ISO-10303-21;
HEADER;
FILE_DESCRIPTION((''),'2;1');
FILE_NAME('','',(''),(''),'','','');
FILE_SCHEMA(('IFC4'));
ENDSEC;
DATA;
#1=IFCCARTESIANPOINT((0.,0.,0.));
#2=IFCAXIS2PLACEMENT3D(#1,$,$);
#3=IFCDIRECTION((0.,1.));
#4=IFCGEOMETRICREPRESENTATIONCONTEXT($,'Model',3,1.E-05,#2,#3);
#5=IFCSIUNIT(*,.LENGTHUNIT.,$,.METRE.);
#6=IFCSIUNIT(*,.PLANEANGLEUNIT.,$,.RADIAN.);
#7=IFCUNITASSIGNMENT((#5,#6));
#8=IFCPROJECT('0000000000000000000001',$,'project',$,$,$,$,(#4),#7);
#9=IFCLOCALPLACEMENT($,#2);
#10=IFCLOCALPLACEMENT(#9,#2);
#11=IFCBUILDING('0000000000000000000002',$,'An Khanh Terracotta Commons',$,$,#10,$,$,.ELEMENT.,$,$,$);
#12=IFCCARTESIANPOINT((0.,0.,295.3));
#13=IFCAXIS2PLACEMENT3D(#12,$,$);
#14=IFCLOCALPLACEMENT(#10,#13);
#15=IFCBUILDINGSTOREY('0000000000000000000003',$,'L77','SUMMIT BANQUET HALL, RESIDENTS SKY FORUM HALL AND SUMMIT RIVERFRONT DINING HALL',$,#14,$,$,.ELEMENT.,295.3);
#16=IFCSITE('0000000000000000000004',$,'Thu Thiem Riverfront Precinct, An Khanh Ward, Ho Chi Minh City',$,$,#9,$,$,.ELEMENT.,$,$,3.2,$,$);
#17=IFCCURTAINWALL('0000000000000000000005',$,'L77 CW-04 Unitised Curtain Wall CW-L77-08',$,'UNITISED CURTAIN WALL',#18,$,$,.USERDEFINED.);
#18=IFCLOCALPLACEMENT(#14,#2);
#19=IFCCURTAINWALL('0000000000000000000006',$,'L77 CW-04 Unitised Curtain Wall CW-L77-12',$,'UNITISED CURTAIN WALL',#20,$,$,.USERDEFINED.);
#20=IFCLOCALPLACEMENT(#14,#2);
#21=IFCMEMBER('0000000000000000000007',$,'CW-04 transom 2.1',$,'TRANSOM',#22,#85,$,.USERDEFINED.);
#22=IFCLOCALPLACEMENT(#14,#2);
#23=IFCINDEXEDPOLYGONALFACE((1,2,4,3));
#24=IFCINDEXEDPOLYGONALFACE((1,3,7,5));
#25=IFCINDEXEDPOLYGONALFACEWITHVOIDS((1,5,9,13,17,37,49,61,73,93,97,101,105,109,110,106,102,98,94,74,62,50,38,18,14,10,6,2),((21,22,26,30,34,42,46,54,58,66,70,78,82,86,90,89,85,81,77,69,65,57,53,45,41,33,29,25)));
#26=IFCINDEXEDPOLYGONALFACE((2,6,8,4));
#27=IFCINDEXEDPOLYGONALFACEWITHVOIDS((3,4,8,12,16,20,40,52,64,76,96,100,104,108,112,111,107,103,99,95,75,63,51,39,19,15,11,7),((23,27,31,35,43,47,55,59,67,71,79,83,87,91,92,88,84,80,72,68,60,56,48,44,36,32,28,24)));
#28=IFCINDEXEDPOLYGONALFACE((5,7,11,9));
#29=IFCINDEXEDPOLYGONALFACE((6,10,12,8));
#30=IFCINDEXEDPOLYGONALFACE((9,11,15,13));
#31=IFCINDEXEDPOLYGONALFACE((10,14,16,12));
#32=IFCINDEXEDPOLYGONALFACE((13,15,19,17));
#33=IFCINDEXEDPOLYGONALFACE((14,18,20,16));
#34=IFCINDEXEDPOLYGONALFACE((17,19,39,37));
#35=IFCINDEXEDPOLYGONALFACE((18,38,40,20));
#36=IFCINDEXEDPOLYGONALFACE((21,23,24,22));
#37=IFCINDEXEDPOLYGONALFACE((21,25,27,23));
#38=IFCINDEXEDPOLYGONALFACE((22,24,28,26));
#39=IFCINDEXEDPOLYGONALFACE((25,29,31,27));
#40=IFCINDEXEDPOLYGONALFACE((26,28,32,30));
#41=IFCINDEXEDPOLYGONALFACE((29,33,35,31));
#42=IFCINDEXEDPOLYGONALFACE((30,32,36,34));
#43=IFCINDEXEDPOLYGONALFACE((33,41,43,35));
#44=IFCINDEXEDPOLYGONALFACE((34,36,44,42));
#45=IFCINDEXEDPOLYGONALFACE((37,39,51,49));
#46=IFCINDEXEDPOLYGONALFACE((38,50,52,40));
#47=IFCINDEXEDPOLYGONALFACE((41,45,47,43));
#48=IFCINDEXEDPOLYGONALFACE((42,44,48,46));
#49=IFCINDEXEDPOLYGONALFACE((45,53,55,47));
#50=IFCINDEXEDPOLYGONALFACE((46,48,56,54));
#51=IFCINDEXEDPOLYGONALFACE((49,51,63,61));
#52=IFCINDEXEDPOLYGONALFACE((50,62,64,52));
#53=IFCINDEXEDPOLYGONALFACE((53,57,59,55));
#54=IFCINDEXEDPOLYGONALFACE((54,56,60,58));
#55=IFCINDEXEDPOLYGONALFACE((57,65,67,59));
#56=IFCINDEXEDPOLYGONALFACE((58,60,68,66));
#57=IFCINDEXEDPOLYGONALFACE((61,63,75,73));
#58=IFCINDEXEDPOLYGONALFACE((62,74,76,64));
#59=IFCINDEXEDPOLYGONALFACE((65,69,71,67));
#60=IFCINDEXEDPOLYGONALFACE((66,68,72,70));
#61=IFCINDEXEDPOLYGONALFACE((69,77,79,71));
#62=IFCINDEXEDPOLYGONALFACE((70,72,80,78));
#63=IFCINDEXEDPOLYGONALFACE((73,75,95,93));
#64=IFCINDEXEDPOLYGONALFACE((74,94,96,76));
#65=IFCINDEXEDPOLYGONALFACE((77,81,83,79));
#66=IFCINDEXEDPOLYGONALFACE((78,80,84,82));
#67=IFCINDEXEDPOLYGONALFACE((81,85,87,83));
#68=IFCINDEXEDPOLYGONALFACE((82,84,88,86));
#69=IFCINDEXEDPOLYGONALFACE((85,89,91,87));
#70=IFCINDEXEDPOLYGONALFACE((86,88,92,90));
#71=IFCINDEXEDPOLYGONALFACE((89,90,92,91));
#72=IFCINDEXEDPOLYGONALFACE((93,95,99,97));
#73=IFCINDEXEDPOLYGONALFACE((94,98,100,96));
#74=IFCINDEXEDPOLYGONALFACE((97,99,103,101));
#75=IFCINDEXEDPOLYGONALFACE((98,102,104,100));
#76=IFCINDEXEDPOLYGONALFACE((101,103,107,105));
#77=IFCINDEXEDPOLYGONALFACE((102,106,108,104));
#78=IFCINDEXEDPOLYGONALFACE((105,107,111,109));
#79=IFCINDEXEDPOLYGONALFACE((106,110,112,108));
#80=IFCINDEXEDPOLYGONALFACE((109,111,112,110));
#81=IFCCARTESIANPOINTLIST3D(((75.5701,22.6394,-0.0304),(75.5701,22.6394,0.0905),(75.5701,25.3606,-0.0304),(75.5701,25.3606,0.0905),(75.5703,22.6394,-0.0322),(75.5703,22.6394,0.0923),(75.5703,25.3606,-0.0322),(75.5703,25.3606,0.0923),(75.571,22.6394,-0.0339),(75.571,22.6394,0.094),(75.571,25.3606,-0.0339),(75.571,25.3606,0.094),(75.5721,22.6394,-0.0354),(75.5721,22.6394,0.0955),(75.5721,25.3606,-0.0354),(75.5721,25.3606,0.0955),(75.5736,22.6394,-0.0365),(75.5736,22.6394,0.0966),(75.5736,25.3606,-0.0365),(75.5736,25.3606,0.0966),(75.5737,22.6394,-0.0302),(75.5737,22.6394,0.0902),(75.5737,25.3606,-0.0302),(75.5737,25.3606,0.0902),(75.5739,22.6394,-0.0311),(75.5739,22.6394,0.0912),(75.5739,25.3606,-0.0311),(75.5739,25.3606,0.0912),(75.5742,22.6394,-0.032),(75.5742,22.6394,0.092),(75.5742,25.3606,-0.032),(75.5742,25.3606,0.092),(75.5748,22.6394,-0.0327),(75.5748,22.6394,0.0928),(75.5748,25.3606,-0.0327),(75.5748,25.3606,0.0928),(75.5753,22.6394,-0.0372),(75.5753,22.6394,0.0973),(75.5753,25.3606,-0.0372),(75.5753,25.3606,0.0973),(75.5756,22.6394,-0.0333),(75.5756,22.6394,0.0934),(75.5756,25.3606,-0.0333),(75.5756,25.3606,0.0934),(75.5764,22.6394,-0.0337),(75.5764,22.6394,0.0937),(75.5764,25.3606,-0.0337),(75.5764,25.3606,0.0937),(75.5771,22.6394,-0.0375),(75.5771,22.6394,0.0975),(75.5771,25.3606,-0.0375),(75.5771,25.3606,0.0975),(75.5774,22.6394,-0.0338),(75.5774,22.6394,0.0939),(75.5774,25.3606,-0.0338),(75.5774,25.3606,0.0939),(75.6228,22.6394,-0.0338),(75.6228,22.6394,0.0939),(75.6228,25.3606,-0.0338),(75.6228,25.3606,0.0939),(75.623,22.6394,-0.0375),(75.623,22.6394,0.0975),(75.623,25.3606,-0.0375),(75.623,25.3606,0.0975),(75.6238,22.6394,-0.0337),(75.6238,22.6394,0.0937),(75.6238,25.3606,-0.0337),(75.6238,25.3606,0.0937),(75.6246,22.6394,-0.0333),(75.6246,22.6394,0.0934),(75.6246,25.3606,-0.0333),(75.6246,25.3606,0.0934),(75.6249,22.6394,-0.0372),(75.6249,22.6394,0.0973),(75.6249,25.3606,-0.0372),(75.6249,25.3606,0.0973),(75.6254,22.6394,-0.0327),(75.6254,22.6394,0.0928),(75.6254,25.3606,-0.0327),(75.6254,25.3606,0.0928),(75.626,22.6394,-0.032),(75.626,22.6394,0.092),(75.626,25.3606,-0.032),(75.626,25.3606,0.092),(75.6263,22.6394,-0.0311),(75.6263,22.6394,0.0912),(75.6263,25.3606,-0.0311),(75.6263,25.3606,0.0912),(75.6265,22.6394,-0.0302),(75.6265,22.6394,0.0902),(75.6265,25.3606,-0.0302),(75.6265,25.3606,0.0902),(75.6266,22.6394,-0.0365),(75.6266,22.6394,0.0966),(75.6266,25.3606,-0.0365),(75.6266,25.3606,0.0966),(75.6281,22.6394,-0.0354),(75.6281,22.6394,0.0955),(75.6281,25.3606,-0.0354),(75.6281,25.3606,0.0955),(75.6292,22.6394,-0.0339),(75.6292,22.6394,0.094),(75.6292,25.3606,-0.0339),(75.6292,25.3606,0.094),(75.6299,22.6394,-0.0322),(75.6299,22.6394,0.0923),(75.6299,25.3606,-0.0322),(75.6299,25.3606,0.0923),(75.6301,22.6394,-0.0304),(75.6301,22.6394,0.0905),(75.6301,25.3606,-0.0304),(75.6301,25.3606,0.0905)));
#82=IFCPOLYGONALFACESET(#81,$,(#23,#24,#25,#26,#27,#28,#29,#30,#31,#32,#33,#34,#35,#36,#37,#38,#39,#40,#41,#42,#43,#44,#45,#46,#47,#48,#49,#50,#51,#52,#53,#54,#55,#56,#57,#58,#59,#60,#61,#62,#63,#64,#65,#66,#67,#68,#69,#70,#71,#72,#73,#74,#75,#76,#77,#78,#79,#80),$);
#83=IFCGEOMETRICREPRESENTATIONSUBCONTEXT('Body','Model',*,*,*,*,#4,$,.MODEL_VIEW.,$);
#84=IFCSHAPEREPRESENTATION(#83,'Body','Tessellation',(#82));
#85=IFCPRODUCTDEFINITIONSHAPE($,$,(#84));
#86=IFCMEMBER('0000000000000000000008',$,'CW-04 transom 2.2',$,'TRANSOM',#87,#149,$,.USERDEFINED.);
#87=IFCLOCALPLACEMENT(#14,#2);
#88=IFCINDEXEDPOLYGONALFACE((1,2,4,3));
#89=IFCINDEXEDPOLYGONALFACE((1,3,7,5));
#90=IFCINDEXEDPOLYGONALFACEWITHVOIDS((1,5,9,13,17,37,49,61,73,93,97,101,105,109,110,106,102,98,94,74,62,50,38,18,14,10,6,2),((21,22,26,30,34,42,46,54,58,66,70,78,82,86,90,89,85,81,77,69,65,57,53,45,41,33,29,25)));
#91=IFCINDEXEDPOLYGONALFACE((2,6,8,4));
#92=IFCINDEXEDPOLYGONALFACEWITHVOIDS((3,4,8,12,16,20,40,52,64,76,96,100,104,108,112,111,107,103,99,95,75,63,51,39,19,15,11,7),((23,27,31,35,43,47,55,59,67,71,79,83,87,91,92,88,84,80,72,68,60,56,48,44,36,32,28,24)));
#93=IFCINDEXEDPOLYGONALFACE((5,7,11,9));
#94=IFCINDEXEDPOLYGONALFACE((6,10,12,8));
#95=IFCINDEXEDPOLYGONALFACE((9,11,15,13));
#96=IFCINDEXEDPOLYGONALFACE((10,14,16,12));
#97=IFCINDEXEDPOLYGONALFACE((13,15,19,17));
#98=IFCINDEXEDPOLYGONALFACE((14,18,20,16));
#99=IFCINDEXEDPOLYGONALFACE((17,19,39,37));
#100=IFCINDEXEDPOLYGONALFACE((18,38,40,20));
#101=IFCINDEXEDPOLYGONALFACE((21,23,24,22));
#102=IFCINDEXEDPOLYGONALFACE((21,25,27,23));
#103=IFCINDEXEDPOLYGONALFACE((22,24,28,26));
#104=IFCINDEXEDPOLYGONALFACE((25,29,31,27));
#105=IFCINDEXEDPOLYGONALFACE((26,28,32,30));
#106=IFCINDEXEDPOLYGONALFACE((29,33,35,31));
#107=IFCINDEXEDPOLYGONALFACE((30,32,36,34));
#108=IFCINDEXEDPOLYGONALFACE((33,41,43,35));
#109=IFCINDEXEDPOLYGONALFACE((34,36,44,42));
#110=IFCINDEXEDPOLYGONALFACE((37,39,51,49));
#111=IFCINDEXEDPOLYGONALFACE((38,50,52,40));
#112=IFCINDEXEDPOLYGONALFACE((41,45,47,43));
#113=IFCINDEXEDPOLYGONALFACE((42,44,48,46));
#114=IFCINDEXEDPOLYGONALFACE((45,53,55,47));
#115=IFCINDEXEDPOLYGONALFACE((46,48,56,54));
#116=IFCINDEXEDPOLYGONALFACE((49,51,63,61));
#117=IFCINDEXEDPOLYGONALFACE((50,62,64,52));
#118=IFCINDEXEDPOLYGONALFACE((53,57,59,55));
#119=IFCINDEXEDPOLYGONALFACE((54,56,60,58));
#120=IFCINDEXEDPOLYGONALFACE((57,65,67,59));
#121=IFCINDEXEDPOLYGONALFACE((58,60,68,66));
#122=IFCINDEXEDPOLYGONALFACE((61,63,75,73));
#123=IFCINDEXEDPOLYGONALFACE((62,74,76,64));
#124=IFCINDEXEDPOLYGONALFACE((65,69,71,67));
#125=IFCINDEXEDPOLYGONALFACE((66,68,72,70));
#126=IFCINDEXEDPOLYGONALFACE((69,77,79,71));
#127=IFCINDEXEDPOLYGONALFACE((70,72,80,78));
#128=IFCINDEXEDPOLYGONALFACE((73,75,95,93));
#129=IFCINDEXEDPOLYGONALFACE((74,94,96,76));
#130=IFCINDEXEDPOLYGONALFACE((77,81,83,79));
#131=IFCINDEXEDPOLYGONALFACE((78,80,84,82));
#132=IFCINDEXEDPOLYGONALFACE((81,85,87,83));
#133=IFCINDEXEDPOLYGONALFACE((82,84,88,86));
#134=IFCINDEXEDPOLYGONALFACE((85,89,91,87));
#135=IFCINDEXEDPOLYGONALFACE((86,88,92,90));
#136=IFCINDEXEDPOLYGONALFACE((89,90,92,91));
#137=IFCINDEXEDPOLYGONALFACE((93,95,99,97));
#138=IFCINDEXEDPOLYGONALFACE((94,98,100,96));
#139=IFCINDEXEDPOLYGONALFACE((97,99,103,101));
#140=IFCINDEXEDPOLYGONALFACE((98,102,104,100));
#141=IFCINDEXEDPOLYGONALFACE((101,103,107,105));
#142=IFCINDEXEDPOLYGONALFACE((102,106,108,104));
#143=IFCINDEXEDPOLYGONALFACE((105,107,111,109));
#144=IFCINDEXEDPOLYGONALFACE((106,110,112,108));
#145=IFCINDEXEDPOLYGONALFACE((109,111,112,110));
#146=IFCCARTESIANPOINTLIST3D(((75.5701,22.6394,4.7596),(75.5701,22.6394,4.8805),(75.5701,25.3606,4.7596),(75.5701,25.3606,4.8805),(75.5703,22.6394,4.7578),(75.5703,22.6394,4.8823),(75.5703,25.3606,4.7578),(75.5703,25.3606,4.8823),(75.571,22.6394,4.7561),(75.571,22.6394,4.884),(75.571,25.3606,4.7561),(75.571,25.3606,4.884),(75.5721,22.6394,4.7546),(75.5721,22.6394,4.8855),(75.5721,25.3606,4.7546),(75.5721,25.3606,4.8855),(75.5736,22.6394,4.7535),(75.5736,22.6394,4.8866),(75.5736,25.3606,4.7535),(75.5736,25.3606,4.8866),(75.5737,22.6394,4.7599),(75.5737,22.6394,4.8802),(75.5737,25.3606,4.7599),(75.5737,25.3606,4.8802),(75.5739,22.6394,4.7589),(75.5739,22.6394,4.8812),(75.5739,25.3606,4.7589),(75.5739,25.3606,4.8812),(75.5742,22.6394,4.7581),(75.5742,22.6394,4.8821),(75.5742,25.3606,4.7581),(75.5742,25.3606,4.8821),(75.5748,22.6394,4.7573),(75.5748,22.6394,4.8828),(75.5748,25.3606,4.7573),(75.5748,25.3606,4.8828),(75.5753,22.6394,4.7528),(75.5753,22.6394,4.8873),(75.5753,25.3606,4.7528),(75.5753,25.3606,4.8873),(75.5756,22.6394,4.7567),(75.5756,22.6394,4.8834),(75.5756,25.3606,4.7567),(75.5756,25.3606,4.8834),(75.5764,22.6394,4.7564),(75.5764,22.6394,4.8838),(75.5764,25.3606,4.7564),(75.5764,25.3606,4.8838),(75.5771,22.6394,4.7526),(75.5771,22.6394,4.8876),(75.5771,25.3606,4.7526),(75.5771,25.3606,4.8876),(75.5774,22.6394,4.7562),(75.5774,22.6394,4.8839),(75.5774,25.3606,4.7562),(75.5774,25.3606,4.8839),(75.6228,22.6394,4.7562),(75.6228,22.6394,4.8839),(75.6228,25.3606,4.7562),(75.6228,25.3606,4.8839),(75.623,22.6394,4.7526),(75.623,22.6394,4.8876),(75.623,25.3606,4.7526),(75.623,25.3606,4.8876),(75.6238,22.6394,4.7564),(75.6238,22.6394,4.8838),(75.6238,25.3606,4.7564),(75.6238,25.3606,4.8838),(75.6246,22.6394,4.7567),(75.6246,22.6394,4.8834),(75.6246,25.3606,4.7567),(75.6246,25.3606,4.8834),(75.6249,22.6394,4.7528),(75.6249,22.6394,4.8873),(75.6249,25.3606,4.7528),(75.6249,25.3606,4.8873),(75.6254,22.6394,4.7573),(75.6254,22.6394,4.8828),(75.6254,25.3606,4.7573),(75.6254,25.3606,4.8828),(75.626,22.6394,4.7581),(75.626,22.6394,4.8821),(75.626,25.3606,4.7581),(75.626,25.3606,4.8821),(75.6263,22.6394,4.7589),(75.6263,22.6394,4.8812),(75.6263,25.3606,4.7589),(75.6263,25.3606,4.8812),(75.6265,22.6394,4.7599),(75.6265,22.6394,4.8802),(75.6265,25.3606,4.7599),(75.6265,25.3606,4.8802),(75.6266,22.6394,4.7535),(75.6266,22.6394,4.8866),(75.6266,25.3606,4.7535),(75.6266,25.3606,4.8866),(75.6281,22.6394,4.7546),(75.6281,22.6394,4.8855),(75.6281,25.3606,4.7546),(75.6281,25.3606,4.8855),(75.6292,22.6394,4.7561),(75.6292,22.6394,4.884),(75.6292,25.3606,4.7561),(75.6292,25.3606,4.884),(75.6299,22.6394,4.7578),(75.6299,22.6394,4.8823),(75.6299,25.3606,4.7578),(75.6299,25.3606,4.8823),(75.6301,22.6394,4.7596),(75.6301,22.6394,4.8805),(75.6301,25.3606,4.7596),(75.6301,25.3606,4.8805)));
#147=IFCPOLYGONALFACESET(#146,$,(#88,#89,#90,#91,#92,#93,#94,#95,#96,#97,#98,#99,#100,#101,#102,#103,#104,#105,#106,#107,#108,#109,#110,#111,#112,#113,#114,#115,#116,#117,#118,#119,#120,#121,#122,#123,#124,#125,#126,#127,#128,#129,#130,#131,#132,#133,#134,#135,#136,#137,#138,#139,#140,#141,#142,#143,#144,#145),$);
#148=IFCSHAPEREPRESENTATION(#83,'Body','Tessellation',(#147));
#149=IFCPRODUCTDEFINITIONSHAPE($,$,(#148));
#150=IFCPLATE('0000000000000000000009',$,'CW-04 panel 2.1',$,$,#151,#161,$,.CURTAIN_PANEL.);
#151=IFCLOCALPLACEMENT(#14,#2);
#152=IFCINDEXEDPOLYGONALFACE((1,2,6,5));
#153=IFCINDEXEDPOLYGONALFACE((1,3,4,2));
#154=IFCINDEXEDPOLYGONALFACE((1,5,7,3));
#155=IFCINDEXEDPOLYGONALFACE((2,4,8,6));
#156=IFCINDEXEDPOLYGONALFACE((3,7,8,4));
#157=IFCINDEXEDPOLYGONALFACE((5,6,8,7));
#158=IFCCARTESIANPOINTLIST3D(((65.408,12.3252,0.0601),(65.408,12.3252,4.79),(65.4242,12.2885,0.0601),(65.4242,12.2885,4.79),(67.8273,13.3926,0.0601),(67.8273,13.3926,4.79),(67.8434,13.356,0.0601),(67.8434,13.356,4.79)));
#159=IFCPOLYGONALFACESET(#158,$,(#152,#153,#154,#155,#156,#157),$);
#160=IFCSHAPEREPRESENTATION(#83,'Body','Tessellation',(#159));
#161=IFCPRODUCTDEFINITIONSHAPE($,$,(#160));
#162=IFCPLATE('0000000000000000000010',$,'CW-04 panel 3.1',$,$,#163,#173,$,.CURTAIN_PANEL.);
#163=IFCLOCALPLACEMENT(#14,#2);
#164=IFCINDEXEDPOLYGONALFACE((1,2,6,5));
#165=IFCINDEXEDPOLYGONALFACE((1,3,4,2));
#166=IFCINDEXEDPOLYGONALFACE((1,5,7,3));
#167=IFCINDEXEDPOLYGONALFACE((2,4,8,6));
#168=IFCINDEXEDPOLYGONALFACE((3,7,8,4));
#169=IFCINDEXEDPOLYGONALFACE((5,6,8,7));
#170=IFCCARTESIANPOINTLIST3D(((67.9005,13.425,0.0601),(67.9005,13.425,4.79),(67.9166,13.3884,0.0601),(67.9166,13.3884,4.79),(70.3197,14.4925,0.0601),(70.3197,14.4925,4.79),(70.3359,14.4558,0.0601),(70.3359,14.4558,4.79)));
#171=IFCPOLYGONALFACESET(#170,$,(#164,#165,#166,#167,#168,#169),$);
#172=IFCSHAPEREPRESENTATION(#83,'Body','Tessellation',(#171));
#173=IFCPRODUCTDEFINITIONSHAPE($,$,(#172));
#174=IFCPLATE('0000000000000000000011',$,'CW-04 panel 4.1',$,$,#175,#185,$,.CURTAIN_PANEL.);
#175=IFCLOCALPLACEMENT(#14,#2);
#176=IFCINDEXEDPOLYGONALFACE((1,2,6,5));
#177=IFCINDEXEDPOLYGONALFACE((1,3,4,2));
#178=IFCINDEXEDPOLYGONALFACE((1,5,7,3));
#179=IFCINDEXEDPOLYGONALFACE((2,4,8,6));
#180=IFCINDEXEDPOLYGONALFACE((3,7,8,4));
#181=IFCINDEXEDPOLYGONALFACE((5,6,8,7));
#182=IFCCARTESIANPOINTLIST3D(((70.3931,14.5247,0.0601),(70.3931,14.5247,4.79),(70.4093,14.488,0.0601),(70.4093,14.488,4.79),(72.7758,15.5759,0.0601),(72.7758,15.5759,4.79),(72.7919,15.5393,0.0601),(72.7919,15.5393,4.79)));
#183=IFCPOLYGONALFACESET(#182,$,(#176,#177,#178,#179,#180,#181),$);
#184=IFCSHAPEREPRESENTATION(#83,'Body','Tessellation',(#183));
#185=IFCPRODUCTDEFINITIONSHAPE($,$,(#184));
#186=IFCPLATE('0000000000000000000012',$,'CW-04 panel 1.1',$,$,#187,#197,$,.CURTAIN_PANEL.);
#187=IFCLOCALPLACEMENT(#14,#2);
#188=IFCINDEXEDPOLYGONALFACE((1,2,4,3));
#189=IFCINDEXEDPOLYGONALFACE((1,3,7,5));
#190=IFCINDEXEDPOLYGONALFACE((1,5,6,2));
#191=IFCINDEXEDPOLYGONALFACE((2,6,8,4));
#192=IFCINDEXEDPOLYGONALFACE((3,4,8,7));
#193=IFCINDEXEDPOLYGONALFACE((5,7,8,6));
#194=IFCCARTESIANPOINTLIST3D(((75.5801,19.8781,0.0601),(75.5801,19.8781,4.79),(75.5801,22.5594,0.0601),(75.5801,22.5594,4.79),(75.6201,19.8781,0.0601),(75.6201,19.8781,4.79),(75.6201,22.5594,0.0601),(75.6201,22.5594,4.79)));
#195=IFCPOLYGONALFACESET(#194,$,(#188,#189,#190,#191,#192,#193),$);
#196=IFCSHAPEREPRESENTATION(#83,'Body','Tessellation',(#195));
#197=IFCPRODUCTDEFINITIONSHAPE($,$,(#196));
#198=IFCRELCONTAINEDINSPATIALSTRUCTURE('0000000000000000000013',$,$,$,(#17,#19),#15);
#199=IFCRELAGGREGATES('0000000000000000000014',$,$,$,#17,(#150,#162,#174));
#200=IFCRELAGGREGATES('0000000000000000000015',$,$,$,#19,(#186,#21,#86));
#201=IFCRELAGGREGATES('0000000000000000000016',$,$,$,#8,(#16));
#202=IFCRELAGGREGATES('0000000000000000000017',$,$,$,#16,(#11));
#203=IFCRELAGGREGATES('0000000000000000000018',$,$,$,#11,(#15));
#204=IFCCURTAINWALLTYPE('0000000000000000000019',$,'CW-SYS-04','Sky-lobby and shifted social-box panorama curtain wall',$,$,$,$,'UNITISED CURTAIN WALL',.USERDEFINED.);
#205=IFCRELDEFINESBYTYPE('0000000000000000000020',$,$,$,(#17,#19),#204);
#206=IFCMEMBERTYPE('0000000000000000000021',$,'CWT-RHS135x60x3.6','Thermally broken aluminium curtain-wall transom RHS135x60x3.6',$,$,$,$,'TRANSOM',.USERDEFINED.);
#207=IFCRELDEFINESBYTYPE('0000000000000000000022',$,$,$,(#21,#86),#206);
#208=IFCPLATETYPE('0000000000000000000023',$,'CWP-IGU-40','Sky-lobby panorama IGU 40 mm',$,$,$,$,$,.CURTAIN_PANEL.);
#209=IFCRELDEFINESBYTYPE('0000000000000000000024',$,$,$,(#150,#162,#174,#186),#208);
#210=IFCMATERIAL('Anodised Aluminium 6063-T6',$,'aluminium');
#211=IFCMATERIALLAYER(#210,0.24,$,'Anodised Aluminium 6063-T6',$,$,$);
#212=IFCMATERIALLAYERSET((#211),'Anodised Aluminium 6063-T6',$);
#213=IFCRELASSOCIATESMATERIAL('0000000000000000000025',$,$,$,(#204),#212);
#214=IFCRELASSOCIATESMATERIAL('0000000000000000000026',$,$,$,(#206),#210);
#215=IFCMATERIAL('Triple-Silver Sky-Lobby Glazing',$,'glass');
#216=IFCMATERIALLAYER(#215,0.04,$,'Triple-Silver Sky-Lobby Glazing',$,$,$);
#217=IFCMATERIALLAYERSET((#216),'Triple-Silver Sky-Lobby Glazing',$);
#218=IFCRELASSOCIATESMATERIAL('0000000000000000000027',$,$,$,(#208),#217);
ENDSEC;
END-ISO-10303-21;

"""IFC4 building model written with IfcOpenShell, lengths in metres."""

from ifc_helpers import new_model, si_unit, direction, frame, origin, origin_2d, place, context, subcontext, project, spatial, rectangle, hollow_rectangle, extrude, material, layer, layer_set, material_profile, profile_set, type_object, element, aggregate, save


model = new_model("IFC4")

# Units and contexts
model_context = context("Model", 3, precision=1e-05, world=origin(), true_north=direction((0.0, 1.0)))
body_context = subcontext(model_context, "Body", "Model", "MODEL_VIEW")
ifc_project = project(units=[si_unit("LENGTHUNIT", "METRE"), si_unit("PLANEANGLEUNIT", "RADIAN")], contexts=[model_context])

# Site, building, storey
site_placement = place(None, origin())
site = spatial("IfcSite", under=ifc_project, at=site_placement, Name="Thu Thiem Riverfront Precinct, An Khanh Ward, Ho Chi Minh City", CompositionType="ELEMENT", RefElevation=3.2)
building_placement = place(site_placement, origin())
building = spatial("IfcBuilding", under=site, at=building_placement, Name="An Khanh Terracotta Commons", CompositionType="ELEMENT")
storey_placement = place(building_placement, frame((0.0, 0.0, 295.3)))
storey = spatial("IfcBuildingStorey", under=building, at=storey_placement, Name="L77", Description="SUMMIT BANQUET HALL, RESIDENTS SKY FORUM HALL AND SUMMIT RIVERFRONT DINING HALL", CompositionType="ELEMENT", Elevation=295.3)

# Curtain walls
ifc_material_1 = material(Name="Anodised Aluminium 6063-T6", Category="aluminium")
ifc_layer_1 = layer(ifc_material_1, 0.24, Name="Anodised Aluminium 6063-T6")
ifc_layer_set_1 = layer_set([ifc_layer_1], Name="Anodised Aluminium 6063-T6")
curtain_wall_type = type_object("IfcCurtainWallType", Name="CW-SYS-04", Description="Sky-lobby and shifted social-box panorama curtain wall", ElementType="UNITISED CURTAIN WALL", PredefinedType="USERDEFINED", material=ifc_layer_set_1)
curtain_wall_1_placement = place(storey_placement, origin())
curtain_wall_1 = element("IfcCurtainWall", 1, at=curtain_wall_1_placement, inside=storey, type_object=curtain_wall_type, Name="L77 CW-04 Unitised Curtain Wall CW-L77-08", ObjectType="UNITISED CURTAIN WALL", PredefinedType="USERDEFINED")
curtain_wall_2_placement = place(storey_placement, origin())
curtain_wall_2 = element("IfcCurtainWall", 2, at=curtain_wall_2_placement, inside=storey, type_object=curtain_wall_type, Name="L77 CW-04 Unitised Curtain Wall CW-L77-12", ObjectType="UNITISED CURTAIN WALL", PredefinedType="USERDEFINED")

# Members
ifc_material_profile_1 = material_profile(ifc_material_1, hollow_rectangle(XDim=0.0601, YDim=0.135, WallThickness=0.0037, InnerFilletRadius=0.0037, OuterFilletRadius=0.0071, at=origin_2d()), Name="RHS135x60x3.6")
ifc_profile_set_1 = profile_set([ifc_material_profile_1], Name="Anodised Aluminium 6063-T6")
member_type_1 = type_object("IfcMemberType", Name="CWT-RHS135x60x3.6", Description="Thermally broken aluminium curtain-wall transom RHS135x60x3.6", ElementType="TRANSOM", PredefinedType="USERDEFINED", material=ifc_profile_set_1)
member_1_placement = place(storey_placement, frame((75.6001, 22.6394, 0.03), z_axis=(0.0, 1.0, 0.0), x_axis=(-1.0, 0.0, 0.0)))
member_1 = element("IfcMember", 3, at=member_1_placement, type_object=member_type_1, Name="CW-04 transom 2.1", ObjectType="TRANSOM", PredefinedType="USERDEFINED", context=body_context, shape_type="SweptSolid", body=[
    extrude(hollow_rectangle(XDim=0.0601, YDim=0.135, WallThickness=0.0037, InnerFilletRadius=0.0037, OuterFilletRadius=0.0071, at=origin_2d()), origin(), (0.0, 0.0, 1.0), 2.7212),
])
member_2_placement = place(storey_placement, frame((75.6001, 22.6394, 4.8201), z_axis=(0.0, 1.0, 0.0), x_axis=(-1.0, 0.0, 0.0)))
member_2 = element("IfcMember", 4, at=member_2_placement, type_object=member_type_1, Name="CW-04 transom 2.2", ObjectType="TRANSOM", PredefinedType="USERDEFINED", context=body_context, shape_type="SweptSolid", body=[
    extrude(hollow_rectangle(XDim=0.0601, YDim=0.135, WallThickness=0.0037, InnerFilletRadius=0.0037, OuterFilletRadius=0.0071, at=origin_2d()), origin(), (0.0, 0.0, 1.0), 2.7212),
])

# Plates
ifc_material_2 = material(Name="Triple-Silver Sky-Lobby Glazing", Category="glass")
ifc_layer_2 = layer(ifc_material_2, 0.04, Name="Triple-Silver Sky-Lobby Glazing")
ifc_layer_set_2 = layer_set([ifc_layer_2], Name="Triple-Silver Sky-Lobby Glazing")
plate_type = type_object("IfcPlateType", Name="CWP-IGU-40", Description="Sky-lobby panorama IGU 40 mm", PredefinedType="CURTAIN_PANEL", material=ifc_layer_set_2)
plate_1_placement = place(storey_placement, frame((66.6257, 12.8406, 0.0601), z_axis=(0.0, 0.0, 1.0), x_axis=(0.914902, 0.403676, 0.0)))
plate_1 = element("IfcPlate", 5, at=plate_1_placement, type_object=plate_type, Name="CW-04 panel 2.1", PredefinedType="CURTAIN_PANEL", context=body_context, shape_type="SweptSolid", body=[
    extrude(rectangle(XDim=2.6443, YDim=0.04, at=origin_2d()), origin(), (0.0, 0.0, 1.0), 4.73),
])
plate_2_placement = place(storey_placement, frame((69.1182, 13.9404, 0.0601), z_axis=(0.0, 0.0, 1.0), x_axis=(0.914902, 0.403676, 0.0)))
plate_2 = element("IfcPlate", 6, at=plate_2_placement, type_object=plate_type, Name="CW-04 panel 3.1", PredefinedType="CURTAIN_PANEL", context=body_context, shape_type="SweptSolid", body=[
    extrude(rectangle(XDim=2.6443, YDim=0.04, at=origin_2d()), origin(), (0.0, 0.0, 1.0), 4.73),
])
plate_3_placement = place(storey_placement, frame((71.5925, 15.032, 0.0601), z_axis=(0.0, 0.0, 1.0), x_axis=(0.914902, 0.403676, 0.0)))
plate_3 = element("IfcPlate", 7, at=plate_3_placement, type_object=plate_type, Name="CW-04 panel 4.1", PredefinedType="CURTAIN_PANEL", context=body_context, shape_type="SweptSolid", body=[
    extrude(rectangle(XDim=2.6042, YDim=0.04, at=origin_2d()), origin(), (0.0, 0.0, 1.0), 4.73),
])
aggregate(curtain_wall_1, [plate_1, plate_2, plate_3])
plate_4_placement = place(storey_placement, frame((75.6001, 21.2188, 0.0601), z_axis=(0.0, 0.0, 1.0), x_axis=(0.0, 1.0, 0.0)))
plate_4 = element("IfcPlate", 8, at=plate_4_placement, type_object=plate_type, Name="CW-04 panel 1.1", PredefinedType="CURTAIN_PANEL", context=body_context, shape_type="SweptSolid", body=[
    extrude(rectangle(XDim=2.6814, YDim=0.04, at=origin_2d()), origin(), (0.0, 0.0, 1.0), 4.73),
])
aggregate(curtain_wall_2, [plate_4, member_1, member_2])

save(model, "model.ifc")
